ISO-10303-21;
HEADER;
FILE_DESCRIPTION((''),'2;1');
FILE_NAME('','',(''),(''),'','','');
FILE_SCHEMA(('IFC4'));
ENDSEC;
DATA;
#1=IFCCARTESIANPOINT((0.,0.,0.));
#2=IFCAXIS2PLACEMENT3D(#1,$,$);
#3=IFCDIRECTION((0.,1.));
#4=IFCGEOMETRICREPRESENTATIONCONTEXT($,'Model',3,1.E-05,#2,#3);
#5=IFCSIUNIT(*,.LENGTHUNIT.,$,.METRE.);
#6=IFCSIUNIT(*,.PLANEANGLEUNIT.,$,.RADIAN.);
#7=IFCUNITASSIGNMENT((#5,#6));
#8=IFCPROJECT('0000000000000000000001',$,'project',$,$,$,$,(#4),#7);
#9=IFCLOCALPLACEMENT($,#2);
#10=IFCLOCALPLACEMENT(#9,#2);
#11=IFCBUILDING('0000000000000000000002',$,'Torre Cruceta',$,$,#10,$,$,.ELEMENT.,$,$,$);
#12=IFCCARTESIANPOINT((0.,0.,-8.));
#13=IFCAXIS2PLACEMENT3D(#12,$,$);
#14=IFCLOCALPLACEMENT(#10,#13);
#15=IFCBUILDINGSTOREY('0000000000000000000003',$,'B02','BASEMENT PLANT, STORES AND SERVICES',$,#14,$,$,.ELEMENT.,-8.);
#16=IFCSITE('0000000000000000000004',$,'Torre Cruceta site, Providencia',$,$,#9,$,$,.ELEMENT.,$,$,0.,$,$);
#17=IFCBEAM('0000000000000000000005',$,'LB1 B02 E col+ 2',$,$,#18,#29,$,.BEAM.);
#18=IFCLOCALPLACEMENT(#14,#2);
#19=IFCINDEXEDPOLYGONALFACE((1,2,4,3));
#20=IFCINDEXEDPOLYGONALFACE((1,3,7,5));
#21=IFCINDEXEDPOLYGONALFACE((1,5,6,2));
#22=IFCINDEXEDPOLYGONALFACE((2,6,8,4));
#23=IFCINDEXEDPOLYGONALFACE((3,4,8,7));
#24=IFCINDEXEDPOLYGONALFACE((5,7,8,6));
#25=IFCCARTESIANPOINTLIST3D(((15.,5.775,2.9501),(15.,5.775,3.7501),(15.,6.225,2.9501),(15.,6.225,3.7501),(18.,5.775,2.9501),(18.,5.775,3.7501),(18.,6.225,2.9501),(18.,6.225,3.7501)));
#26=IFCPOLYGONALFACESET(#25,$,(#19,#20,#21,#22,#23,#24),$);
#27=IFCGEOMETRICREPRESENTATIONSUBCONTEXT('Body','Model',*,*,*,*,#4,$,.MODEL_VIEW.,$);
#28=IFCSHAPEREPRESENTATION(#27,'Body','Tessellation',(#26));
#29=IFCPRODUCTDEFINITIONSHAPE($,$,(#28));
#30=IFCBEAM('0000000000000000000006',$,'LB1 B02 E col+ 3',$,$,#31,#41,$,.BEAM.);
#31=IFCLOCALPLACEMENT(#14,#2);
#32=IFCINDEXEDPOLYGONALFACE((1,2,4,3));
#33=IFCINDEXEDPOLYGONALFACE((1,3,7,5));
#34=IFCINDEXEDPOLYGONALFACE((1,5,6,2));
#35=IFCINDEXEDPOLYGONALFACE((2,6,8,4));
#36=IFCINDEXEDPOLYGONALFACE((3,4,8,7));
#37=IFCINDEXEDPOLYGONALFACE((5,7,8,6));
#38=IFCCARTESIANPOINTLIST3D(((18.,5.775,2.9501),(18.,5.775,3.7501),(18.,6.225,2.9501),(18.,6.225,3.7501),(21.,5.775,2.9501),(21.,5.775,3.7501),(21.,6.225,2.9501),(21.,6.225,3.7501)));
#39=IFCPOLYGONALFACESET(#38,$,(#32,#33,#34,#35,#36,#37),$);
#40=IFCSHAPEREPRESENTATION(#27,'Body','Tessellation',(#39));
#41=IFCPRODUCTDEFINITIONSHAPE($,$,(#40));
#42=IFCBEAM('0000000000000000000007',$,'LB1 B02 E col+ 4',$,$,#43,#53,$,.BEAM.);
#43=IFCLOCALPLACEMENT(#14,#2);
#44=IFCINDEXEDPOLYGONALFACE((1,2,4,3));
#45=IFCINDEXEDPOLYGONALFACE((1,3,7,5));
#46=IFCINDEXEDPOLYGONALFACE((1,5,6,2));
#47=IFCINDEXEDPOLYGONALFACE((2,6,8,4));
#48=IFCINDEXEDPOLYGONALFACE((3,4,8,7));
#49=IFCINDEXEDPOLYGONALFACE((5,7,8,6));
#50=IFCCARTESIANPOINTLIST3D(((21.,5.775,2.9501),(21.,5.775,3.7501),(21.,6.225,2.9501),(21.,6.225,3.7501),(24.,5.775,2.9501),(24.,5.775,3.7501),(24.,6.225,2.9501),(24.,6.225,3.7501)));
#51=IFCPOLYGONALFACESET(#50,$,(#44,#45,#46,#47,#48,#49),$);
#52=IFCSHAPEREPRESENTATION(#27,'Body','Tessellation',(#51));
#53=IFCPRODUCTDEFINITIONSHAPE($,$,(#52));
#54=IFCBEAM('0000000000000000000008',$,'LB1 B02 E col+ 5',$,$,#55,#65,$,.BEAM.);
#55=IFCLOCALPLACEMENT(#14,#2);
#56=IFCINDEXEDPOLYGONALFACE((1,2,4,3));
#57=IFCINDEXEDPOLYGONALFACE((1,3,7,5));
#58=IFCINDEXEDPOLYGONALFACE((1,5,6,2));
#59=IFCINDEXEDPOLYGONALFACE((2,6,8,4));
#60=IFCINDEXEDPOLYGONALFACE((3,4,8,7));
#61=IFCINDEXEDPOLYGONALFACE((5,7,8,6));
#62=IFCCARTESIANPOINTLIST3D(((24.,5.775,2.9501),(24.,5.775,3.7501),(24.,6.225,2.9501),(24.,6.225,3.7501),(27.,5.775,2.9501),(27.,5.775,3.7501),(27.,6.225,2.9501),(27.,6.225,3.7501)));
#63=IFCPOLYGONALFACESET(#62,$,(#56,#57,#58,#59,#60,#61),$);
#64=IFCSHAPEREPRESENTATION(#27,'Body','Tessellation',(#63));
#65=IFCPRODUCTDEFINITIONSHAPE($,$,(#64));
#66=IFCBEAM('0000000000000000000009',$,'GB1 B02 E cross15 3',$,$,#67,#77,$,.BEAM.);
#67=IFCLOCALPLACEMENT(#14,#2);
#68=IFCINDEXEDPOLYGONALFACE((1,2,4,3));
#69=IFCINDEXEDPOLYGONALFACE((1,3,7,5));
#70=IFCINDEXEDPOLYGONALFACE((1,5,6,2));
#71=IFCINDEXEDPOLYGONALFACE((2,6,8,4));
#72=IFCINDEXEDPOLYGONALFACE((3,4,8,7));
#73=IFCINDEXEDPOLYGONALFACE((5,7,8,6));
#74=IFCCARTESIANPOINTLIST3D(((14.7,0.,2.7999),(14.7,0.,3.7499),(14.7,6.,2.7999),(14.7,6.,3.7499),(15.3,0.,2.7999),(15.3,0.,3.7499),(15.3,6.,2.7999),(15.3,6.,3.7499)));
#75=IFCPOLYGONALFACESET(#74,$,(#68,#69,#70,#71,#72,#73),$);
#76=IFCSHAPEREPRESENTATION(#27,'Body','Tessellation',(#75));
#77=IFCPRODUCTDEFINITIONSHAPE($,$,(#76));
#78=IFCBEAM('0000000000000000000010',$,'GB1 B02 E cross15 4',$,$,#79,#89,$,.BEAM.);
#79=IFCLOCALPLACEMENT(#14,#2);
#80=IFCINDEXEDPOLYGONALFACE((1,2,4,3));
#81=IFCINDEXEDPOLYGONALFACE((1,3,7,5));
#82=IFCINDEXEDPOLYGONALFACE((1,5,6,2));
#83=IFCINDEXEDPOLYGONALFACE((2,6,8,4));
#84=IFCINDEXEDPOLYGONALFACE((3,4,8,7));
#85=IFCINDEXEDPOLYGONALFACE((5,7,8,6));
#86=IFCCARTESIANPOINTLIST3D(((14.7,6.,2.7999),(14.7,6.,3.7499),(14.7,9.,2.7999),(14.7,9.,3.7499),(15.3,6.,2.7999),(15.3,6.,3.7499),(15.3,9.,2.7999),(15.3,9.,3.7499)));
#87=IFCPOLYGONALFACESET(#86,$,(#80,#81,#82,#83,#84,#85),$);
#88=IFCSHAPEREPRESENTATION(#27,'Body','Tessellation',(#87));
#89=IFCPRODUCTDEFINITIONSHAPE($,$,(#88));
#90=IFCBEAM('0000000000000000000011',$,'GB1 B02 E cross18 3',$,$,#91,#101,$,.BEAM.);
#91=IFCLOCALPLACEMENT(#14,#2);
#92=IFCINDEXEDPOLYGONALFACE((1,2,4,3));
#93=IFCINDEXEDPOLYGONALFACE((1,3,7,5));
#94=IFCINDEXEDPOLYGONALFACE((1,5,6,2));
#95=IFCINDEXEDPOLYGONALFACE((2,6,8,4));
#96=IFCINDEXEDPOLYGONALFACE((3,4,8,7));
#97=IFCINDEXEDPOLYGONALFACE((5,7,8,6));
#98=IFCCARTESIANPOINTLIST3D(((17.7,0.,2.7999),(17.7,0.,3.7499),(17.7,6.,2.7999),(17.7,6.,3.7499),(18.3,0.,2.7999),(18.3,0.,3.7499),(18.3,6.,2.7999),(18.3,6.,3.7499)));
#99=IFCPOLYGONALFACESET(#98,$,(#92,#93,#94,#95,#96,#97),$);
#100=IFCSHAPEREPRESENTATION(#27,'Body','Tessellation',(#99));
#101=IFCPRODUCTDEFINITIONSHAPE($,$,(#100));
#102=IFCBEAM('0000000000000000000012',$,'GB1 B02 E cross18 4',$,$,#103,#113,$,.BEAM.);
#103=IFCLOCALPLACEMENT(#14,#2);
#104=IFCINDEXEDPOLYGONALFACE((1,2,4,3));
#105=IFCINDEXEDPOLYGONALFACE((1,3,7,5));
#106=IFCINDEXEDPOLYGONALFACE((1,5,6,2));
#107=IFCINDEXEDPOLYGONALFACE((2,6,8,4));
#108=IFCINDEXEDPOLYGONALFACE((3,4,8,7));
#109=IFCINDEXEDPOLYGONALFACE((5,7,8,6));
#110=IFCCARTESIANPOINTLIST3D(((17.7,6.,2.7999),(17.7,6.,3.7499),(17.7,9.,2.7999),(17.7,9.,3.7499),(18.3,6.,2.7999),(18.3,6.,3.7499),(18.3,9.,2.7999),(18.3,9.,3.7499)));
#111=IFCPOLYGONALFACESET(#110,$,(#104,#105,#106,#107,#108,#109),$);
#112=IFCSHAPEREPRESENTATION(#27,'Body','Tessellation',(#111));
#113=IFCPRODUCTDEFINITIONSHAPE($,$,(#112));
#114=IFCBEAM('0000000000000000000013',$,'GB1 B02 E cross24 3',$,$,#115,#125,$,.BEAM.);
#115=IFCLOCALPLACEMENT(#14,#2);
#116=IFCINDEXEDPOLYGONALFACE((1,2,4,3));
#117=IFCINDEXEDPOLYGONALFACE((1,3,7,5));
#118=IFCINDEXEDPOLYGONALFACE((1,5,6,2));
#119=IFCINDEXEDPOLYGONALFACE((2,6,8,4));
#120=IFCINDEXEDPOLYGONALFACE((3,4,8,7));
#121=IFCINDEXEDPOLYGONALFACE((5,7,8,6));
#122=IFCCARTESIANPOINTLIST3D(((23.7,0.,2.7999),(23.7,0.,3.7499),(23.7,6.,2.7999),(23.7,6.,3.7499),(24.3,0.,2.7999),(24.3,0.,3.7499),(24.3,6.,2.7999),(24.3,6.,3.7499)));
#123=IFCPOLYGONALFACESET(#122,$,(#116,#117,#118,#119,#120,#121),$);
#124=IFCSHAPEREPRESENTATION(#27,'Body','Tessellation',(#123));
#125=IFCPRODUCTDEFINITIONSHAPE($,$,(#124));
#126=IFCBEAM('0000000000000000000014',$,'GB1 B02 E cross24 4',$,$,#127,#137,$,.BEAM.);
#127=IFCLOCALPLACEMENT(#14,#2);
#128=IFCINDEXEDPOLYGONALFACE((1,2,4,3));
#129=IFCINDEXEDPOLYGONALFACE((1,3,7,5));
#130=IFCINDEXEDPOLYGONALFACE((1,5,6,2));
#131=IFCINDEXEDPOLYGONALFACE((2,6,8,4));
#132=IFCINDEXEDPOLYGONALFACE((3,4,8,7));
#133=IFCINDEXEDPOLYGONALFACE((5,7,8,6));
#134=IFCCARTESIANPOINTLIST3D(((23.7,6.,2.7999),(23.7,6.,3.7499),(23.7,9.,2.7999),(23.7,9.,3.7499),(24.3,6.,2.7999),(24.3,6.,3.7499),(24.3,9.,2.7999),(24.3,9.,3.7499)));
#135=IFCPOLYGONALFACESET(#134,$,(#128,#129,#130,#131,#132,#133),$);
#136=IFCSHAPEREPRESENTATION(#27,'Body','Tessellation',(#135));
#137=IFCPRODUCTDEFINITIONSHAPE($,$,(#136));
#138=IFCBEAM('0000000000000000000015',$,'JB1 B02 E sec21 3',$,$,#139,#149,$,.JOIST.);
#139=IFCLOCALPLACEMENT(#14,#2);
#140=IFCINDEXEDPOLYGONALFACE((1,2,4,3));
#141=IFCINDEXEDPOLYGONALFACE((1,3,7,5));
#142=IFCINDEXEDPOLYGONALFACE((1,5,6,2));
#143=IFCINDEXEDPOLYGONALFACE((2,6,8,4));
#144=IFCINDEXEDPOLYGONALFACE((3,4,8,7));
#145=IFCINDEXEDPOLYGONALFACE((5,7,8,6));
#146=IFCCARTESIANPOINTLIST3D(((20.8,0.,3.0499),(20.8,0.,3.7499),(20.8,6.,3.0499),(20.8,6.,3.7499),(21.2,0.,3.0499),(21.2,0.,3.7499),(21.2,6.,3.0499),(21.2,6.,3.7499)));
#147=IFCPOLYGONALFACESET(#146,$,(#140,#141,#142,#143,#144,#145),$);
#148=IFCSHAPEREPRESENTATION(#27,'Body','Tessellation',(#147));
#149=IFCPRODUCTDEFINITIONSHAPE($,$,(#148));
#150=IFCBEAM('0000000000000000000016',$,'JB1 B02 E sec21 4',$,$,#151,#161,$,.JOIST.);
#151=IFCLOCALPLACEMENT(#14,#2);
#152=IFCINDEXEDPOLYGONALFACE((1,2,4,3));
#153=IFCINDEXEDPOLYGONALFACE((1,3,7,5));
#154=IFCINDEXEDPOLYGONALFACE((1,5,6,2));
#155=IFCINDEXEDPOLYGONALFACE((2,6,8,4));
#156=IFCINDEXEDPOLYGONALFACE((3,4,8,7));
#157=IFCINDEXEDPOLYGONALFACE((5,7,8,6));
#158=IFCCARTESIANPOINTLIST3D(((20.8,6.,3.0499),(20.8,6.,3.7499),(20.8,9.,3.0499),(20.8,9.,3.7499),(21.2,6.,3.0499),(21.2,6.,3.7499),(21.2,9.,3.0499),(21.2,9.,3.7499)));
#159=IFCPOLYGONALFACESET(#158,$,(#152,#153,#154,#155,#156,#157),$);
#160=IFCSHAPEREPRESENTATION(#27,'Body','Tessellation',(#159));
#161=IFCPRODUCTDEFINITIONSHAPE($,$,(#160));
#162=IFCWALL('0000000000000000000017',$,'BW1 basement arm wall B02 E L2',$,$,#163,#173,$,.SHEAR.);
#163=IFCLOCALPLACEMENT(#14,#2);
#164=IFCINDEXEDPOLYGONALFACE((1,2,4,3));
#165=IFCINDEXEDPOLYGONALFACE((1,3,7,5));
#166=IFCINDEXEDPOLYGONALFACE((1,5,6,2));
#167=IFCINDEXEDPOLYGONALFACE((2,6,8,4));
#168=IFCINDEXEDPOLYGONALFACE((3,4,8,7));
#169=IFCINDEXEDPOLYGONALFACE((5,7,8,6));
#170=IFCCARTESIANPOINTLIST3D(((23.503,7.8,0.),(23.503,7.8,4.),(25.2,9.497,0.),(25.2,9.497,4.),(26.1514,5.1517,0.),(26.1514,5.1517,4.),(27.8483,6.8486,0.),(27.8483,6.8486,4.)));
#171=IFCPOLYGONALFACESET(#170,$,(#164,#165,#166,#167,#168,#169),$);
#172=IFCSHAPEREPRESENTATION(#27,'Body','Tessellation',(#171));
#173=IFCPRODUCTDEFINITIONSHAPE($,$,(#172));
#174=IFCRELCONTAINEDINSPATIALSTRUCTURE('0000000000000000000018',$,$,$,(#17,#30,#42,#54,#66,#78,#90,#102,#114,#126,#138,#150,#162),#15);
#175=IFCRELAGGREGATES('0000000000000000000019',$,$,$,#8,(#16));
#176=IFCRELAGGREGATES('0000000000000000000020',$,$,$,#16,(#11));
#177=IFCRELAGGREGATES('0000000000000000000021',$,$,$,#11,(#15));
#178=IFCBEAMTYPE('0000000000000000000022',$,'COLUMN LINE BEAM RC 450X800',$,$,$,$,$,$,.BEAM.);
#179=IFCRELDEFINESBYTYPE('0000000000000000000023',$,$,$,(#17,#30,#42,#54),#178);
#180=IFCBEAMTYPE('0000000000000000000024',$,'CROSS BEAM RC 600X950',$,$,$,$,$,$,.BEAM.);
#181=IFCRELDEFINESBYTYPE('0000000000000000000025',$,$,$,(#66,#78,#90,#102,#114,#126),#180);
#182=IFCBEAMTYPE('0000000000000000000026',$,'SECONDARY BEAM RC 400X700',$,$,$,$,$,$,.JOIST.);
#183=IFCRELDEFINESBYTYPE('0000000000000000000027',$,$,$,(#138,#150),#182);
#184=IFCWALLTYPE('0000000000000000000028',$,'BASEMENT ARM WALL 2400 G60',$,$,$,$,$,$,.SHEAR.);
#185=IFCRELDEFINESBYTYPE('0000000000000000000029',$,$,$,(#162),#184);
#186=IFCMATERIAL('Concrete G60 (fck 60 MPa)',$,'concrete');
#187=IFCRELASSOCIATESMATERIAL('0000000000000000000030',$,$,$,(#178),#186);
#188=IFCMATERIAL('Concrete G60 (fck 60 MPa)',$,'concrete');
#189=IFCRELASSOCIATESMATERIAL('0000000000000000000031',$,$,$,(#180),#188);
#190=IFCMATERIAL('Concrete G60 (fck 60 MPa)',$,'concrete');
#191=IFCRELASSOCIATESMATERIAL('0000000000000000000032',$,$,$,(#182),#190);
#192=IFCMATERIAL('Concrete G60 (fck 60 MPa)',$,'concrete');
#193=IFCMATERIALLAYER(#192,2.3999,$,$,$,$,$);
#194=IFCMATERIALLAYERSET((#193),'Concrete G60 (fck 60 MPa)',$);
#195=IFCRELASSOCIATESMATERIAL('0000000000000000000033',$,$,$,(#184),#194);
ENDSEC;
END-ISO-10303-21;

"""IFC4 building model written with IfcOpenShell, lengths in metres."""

from ifc_helpers import new_model, si_unit, direction, frame, frame_2d, origin, origin_2d, place, context, subcontext, project, spatial, rectangle, extrude, material, layer, layer_set, material_profile, profile_set, type_object, element, save


model = new_model("IFC4")

# Units and contexts
model_context = context("Model", 3, precision=1e-05, world=origin(), true_north=direction((0.0, 1.0)))
body_context = subcontext(model_context, "Body", "Model", "MODEL_VIEW")
ifc_project = project(units=[si_unit("LENGTHUNIT", "METRE"), si_unit("PLANEANGLEUNIT", "RADIAN")], contexts=[model_context])

# Site, building, storey
site_placement = place(None, origin())
site = spatial("IfcSite", under=ifc_project, at=site_placement, Name="Torre Cruceta site, Providencia", CompositionType="ELEMENT", RefElevation=0.0)
building_placement = place(site_placement, origin())
building = spatial("IfcBuilding", under=site, at=building_placement, Name="Torre Cruceta", CompositionType="ELEMENT")
storey_placement = place(building_placement, frame((0.0, 0.0, -8.0)))
storey = spatial("IfcBuildingStorey", under=building, at=storey_placement, Name="B02", Description="BASEMENT PLANT, STORES AND SERVICES", CompositionType="ELEMENT", Elevation=-8.0)

# Beams
ifc_material_1 = material(Name="Concrete G60 (fck 60 MPa)", Category="concrete")
ifc_material_profile_1 = material_profile(ifc_material_1, rectangle(XDim=0.45, YDim=0.8, at=origin_2d()), Name="RC 450X800")
ifc_profile_set_1 = profile_set([ifc_material_profile_1], Name="Concrete G60 (fck 60 MPa)")
beam_type_1 = type_object("IfcBeamType", Name="COLUMN LINE BEAM RC 450X800", PredefinedType="BEAM", material=ifc_profile_set_1)
for number, where, z_axis, x_axis, name in (
    (1, (15.0, 6.0, 3.3501), (1.0, 0.0, 0.0), (0.0, 1.0, 0.0), "LB1 B02 E col+ 2"),
    (2, (18.0, 6.0, 3.3501), (1.0, 0.0, 0.0), (0.0, 1.0, 0.0), "LB1 B02 E col+ 3"),
    (3, (21.0, 6.0, 3.3501), (1.0, 0.0, 0.0), (0.0, 1.0, 0.0), "LB1 B02 E col+ 4"),
    (4, (24.0, 6.0, 3.3501), (1.0, 0.0, 0.0), (0.0, 1.0, 0.0), "LB1 B02 E col+ 5"),
):
    element("IfcBeam", number, at=place(storey_placement, frame(where, z_axis=z_axis, x_axis=x_axis)), inside=storey, type_object=beam_type_1, Name=name, PredefinedType="BEAM", context=body_context, shape_type="SweptSolid", body=[
        extrude(rectangle(XDim=0.45, YDim=0.8, at=origin_2d()), origin(), (0.0, 0.0, 1.0), 3.0),
    ])
ifc_material_2 = material(Name="Concrete G60 (fck 60 MPa)", Category="concrete")
ifc_material_profile_2 = material_profile(ifc_material_2, rectangle(XDim=0.6001, YDim=0.95, at=origin_2d()), Name="RC 600X950")
ifc_profile_set_2 = profile_set([ifc_material_profile_2], Name="Concrete G60 (fck 60 MPa)")
beam_type_2 = type_object("IfcBeamType", Name="CROSS BEAM RC 600X950", PredefinedType="BEAM", material=ifc_profile_set_2)
beam_1_placement = place(storey_placement, frame((15.0, 0.0, 3.2749), z_axis=(0.0, 1.0, 0.0), x_axis=(-1.0, 0.0, 0.0)))
element("IfcBeam", 5, at=beam_1_placement, inside=storey, type_object=beam_type_2, Name="GB1 B02 E cross15 3", PredefinedType="BEAM", context=body_context, shape_type="SweptSolid", body=[
    extrude(rectangle(XDim=0.6001, YDim=0.95, at=origin_2d()), origin(), (0.0, 0.0, 1.0), 6.0),
])
beam_2_placement = place(storey_placement, frame((15.0, 6.0, 3.2749), z_axis=(0.0, 1.0, 0.0), x_axis=(-1.0, 0.0, 0.0)))
element("IfcBeam", 6, at=beam_2_placement, inside=storey, type_object=beam_type_2, Name="GB1 B02 E cross15 4", PredefinedType="BEAM", context=body_context, shape_type="SweptSolid", body=[
    extrude(rectangle(XDim=0.6001, YDim=0.95, at=origin_2d()), origin(), (0.0, 0.0, 1.0), 3.0),
])
beam_3_placement = place(storey_placement, frame((18.0, 0.0, 3.2749), z_axis=(0.0, 1.0, 0.0), x_axis=(-1.0, 0.0, 0.0)))
element("IfcBeam", 7, at=beam_3_placement, inside=storey, type_object=beam_type_2, Name="GB1 B02 E cross18 3", PredefinedType="BEAM", context=body_context, shape_type="SweptSolid", body=[
    extrude(rectangle(XDim=0.6001, YDim=0.95, at=origin_2d()), origin(), (0.0, 0.0, 1.0), 6.0),
])
beam_4_placement = place(storey_placement, frame((18.0, 6.0, 3.2749), z_axis=(0.0, 1.0, 0.0), x_axis=(-1.0, 0.0, 0.0)))
element("IfcBeam", 8, at=beam_4_placement, inside=storey, type_object=beam_type_2, Name="GB1 B02 E cross18 4", PredefinedType="BEAM", context=body_context, shape_type="SweptSolid", body=[
    extrude(rectangle(XDim=0.6001, YDim=0.95, at=origin_2d()), origin(), (0.0, 0.0, 1.0), 3.0),
])
beam_5_placement = place(storey_placement, frame((24.0, 0.0, 3.2749), z_axis=(0.0, 1.0, 0.0), x_axis=(-1.0, 0.0, 0.0)))
element("IfcBeam", 9, at=beam_5_placement, inside=storey, type_object=beam_type_2, Name="GB1 B02 E cross24 3", PredefinedType="BEAM", context=body_context, shape_type="SweptSolid", body=[
    extrude(rectangle(XDim=0.6001, YDim=0.95, at=origin_2d()), origin(), (0.0, 0.0, 1.0), 6.0),
])
beam_6_placement = place(storey_placement, frame((24.0, 6.0, 3.2749), z_axis=(0.0, 1.0, 0.0), x_axis=(-1.0, 0.0, 0.0)))
element("IfcBeam", 10, at=beam_6_placement, inside=storey, type_object=beam_type_2, Name="GB1 B02 E cross24 4", PredefinedType="BEAM", context=body_context, shape_type="SweptSolid", body=[
    extrude(rectangle(XDim=0.6001, YDim=0.95, at=origin_2d()), origin(), (0.0, 0.0, 1.0), 3.0),
])
ifc_material_3 = material(Name="Concrete G60 (fck 60 MPa)", Category="concrete")
ifc_material_profile_3 = material_profile(ifc_material_3, rectangle(XDim=0.3999, YDim=0.7, at=origin_2d()), Name="RC 400X700")
ifc_profile_set_3 = profile_set([ifc_material_profile_3], Name="Concrete G60 (fck 60 MPa)")
beam_type_3 = type_object("IfcBeamType", Name="SECONDARY BEAM RC 400X700", PredefinedType="JOIST", material=ifc_profile_set_3)
beam_7_placement = place(storey_placement, frame((21.0, 0.0, 3.3999), z_axis=(0.0, 1.0, 0.0), x_axis=(-1.0, 0.0, 0.0)))
element("IfcBeam", 11, at=beam_7_placement, inside=storey, type_object=beam_type_3, Name="JB1 B02 E sec21 3", PredefinedType="JOIST", context=body_context, shape_type="SweptSolid", body=[
    extrude(rectangle(XDim=0.3999, YDim=0.7, at=origin_2d()), origin(), (0.0, 0.0, 1.0), 6.0),
])
beam_8_placement = place(storey_placement, frame((21.0, 6.0, 3.3999), z_axis=(0.0, 1.0, 0.0), x_axis=(-1.0, 0.0, 0.0)))
element("IfcBeam", 12, at=beam_8_placement, inside=storey, type_object=beam_type_3, Name="JB1 B02 E sec21 4", PredefinedType="JOIST", context=body_context, shape_type="SweptSolid", body=[
    extrude(rectangle(XDim=0.3999, YDim=0.7, at=origin_2d()), origin(), (0.0, 0.0, 1.0), 3.0),
])

# Wall
ifc_material_4 = material(Name="Concrete G60 (fck 60 MPa)", Category="concrete")
ifc_layer_1 = layer(ifc_material_4, 2.3999)
ifc_layer_set_1 = layer_set([ifc_layer_1], Name="Concrete G60 (fck 60 MPa)")
wall_type_1 = type_object("IfcWallType", Name="BASEMENT ARM WALL 2400 G60", PredefinedType="SHEAR", material=ifc_layer_set_1)
wall_1_placement = place(storey_placement, frame((24.3516, 8.6484, 0.0), z_axis=(0.0, 0.0, 1.0), x_axis=(0.707107, -0.707107, 0.0)))
element("IfcWall", 13, at=wall_1_placement, inside=storey, type_object=wall_type_1, Name="BW1 basement arm wall B02 E L2", PredefinedType="SHEAR", context=body_context, shape_type="SweptSolid", body=[
    extrude(rectangle(XDim=3.7454, YDim=2.3999, at=frame_2d((1.8726, 0.0))), origin(), (0.0, 0.0, 1.0), 4.0),
])

save(model, "model.ifc")
